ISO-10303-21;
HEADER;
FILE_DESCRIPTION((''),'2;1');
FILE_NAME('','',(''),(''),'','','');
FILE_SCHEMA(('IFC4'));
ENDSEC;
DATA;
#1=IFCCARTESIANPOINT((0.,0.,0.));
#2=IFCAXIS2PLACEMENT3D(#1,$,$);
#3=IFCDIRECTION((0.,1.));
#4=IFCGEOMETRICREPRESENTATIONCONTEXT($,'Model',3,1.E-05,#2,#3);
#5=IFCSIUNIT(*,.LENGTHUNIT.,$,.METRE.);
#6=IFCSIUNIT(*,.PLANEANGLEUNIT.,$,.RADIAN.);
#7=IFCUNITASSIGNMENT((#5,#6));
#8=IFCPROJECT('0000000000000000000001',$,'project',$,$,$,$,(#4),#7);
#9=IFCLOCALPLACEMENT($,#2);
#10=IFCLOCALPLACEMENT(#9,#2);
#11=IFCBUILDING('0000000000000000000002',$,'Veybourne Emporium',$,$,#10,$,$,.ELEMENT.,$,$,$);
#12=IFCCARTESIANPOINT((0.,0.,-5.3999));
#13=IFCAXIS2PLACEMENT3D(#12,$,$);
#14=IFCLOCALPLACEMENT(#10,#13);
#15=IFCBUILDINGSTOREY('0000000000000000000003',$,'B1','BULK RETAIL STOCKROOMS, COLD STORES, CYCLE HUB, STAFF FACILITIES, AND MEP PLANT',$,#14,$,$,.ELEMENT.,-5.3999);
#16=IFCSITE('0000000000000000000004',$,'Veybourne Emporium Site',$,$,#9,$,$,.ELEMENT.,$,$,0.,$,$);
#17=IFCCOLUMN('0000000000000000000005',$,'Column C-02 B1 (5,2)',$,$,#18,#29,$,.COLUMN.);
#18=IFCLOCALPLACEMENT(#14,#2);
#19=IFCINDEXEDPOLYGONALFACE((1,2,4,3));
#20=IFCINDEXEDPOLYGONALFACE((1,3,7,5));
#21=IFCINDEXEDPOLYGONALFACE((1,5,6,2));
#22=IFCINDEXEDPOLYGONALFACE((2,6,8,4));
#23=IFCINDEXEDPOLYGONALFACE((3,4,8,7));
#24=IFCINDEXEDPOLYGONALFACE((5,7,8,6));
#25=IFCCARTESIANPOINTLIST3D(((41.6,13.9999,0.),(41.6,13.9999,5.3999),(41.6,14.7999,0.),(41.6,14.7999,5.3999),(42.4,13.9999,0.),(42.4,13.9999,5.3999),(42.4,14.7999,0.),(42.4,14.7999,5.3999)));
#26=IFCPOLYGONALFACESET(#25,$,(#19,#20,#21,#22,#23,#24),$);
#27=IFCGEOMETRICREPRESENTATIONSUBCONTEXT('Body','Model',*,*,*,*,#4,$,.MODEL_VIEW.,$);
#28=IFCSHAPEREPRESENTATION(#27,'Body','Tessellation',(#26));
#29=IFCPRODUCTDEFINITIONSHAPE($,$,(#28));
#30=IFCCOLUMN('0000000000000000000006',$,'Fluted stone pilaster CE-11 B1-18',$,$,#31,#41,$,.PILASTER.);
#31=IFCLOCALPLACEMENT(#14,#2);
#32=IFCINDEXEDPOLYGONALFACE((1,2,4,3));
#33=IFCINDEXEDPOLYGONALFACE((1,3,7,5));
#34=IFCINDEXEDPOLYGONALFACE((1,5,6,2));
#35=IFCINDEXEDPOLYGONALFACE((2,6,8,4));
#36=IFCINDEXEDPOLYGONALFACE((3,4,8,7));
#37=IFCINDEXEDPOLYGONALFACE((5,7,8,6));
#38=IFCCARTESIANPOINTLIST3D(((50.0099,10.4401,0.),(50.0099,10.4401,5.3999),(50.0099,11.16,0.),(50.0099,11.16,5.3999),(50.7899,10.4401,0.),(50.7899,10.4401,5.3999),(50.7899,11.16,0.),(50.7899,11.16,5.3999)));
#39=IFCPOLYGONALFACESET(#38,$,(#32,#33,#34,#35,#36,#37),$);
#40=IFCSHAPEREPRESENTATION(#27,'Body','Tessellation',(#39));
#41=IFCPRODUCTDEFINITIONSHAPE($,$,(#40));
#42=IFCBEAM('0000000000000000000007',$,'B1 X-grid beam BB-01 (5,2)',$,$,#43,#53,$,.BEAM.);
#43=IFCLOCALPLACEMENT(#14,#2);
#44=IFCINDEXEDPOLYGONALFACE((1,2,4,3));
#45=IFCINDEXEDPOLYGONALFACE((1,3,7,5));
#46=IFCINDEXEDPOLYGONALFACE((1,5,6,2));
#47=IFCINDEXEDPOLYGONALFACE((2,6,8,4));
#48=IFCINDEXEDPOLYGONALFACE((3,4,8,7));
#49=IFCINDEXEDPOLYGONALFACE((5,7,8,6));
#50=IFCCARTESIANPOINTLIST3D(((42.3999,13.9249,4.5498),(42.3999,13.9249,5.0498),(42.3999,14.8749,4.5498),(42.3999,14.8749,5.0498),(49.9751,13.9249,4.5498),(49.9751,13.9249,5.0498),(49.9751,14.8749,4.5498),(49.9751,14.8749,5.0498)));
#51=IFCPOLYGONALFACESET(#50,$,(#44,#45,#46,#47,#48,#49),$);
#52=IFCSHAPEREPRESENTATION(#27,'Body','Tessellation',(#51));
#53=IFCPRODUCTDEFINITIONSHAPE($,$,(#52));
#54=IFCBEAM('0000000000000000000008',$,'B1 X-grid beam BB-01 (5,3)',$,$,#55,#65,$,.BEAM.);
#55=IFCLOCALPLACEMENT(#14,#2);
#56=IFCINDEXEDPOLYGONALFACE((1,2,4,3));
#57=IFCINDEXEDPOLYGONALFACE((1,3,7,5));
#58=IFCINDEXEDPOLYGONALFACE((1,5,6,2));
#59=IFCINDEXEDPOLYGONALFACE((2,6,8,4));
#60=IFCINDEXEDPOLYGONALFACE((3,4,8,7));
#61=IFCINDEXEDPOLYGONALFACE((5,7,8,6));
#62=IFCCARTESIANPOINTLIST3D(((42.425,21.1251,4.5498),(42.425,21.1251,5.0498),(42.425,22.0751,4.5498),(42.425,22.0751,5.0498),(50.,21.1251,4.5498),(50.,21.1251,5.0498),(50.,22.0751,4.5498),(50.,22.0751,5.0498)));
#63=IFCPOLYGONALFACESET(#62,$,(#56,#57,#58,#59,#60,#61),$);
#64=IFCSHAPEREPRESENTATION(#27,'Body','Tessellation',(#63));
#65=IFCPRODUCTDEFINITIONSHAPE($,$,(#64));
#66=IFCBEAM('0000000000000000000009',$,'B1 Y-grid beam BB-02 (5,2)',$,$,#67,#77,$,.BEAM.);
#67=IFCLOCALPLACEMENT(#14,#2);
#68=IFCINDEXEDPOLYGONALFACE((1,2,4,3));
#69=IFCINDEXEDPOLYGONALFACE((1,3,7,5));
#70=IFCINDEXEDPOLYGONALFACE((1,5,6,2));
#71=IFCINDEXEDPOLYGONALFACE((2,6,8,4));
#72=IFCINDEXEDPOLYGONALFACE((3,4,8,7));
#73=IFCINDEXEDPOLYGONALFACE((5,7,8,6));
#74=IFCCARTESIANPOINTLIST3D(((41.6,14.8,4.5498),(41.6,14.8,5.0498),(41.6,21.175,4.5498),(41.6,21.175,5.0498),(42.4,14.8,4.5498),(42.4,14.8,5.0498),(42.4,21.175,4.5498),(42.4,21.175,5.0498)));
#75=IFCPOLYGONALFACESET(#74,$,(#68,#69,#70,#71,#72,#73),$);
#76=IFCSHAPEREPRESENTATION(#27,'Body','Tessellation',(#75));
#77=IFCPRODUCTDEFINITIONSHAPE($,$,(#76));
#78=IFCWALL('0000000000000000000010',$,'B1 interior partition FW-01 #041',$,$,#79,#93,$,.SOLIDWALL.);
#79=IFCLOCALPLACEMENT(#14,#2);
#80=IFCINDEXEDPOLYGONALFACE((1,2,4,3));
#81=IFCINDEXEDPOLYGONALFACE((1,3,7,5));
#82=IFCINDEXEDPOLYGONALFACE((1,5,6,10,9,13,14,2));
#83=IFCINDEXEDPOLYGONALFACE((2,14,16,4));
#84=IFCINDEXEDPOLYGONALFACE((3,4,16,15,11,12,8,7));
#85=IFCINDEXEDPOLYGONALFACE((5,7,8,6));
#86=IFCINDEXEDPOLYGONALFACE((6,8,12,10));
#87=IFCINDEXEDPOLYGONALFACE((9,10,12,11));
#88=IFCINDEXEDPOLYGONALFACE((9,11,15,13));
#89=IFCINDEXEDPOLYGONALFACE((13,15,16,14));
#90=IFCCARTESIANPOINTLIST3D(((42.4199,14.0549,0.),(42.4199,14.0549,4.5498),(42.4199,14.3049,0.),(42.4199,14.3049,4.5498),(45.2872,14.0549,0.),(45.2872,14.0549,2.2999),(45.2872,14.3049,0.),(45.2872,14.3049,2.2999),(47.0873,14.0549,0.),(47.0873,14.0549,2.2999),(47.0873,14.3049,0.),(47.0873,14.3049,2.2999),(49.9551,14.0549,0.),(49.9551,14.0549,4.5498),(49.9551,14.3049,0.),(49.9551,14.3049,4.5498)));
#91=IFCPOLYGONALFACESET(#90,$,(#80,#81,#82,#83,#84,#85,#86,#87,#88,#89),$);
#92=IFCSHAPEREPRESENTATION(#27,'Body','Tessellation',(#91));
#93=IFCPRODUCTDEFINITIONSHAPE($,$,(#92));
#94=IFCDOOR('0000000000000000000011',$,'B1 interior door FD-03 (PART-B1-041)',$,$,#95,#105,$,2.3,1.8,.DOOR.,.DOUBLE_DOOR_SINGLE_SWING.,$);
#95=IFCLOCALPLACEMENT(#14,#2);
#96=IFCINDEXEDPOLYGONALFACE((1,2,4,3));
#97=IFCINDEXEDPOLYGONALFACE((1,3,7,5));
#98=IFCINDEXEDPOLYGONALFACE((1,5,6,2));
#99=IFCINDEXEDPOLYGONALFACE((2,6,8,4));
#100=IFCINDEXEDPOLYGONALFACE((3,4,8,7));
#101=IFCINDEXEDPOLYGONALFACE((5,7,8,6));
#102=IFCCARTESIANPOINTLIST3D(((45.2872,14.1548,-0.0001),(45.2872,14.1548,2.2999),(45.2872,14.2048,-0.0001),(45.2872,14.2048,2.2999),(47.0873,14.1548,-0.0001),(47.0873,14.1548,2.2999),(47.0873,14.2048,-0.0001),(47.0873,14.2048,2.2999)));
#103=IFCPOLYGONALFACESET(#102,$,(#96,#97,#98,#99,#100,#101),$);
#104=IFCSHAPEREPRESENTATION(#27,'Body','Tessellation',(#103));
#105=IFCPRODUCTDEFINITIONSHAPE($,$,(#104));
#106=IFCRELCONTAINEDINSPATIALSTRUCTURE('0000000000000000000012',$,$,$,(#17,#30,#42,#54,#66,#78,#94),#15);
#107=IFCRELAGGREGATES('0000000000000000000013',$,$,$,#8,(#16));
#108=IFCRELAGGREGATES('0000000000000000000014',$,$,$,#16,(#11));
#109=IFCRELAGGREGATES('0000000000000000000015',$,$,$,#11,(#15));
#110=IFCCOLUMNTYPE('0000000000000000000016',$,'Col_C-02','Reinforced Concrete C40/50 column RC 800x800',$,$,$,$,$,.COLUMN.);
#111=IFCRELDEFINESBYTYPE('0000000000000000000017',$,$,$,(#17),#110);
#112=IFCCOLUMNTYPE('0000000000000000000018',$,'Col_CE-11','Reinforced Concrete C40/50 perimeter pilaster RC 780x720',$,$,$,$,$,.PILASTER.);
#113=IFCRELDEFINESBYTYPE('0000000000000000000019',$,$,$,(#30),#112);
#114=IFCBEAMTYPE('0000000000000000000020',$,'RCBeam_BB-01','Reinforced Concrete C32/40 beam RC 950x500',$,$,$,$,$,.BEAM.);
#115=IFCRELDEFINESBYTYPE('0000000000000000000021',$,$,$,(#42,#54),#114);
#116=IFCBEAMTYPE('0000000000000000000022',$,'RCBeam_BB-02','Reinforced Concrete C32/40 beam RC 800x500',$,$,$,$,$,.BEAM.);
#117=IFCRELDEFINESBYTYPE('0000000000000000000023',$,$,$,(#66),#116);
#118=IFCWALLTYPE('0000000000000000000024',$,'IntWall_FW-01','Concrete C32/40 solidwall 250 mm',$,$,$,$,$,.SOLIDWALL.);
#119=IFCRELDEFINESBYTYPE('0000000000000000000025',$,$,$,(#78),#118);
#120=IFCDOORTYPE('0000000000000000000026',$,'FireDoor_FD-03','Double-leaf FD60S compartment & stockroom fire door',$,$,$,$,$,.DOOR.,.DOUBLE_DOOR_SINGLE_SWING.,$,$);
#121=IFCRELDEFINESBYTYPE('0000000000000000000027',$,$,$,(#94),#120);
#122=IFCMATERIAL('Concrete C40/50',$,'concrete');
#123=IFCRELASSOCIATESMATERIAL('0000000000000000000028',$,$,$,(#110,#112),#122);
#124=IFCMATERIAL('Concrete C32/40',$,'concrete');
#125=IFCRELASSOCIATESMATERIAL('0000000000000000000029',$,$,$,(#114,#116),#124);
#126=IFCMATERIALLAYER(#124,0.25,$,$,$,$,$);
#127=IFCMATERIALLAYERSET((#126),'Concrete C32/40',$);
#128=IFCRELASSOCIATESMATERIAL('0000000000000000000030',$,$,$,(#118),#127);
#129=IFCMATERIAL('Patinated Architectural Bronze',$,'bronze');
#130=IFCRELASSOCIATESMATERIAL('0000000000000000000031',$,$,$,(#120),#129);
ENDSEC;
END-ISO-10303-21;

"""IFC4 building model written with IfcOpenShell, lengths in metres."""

from ifc_helpers import new_model, si_unit, direction, frame, frame_2d, origin, origin_2d, place, context, subcontext, project, spatial, rectangle, extrude, material, layer, layer_set, material_profile, profile_set, type_object, element, fill, save


model = new_model("IFC4")

# Units and contexts
model_context = context("Model", 3, precision=1e-05, world=origin(), true_north=direction((0.0, 1.0)))
body_context = subcontext(model_context, "Body", "Model", "MODEL_VIEW")
ifc_project = project(units=[si_unit("LENGTHUNIT", "METRE"), si_unit("PLANEANGLEUNIT", "RADIAN")], contexts=[model_context])

# Site, building, storey
site_placement = place(None, origin())
site = spatial("IfcSite", under=ifc_project, at=site_placement, Name="Veybourne Emporium Site", CompositionType="ELEMENT", RefElevation=0.0)
building_placement = place(site_placement, origin())
building = spatial("IfcBuilding", under=site, at=building_placement, Name="Veybourne Emporium", CompositionType="ELEMENT")
storey_placement = place(building_placement, frame((0.0, 0.0, -5.3999)))
storey = spatial("IfcBuildingStorey", under=building, at=storey_placement, Name="B1", Description="BULK RETAIL STOCKROOMS, COLD STORES, CYCLE HUB, STAFF FACILITIES, AND MEP PLANT", CompositionType="ELEMENT", Elevation=-5.3999)

# Columns
ifc_material_1 = material(Name="Concrete C40/50", Category="concrete")
ifc_material_profile_1 = material_profile(ifc_material_1, rectangle(XDim=0.8, YDim=0.8, at=origin_2d()), Name="RC 800x800")
ifc_profile_set_1 = profile_set([ifc_material_profile_1], Name="Concrete C40/50")
column_type_1 = type_object("IfcColumnType", Name="Col_C-02", Description="Reinforced Concrete C40/50 column RC 800x800", PredefinedType="COLUMN", material=ifc_profile_set_1)
column_1_placement = place(storey_placement, frame((42.0, 14.3999, 0.0), z_axis=(0.0, 0.0, 1.0), x_axis=(1.0, 0.0, 0.0)))
element("IfcColumn", 1, at=column_1_placement, inside=storey, type_object=column_type_1, Name="Column C-02 B1 (5,2)", PredefinedType="COLUMN", context=body_context, shape_type="SweptSolid", body=[
    extrude(rectangle(XDim=0.8, YDim=0.8, at=origin_2d()), origin(), (0.0, 0.0, 1.0), 5.3999),
])
ifc_material_profile_2 = material_profile(ifc_material_1, rectangle(XDim=0.78, YDim=0.72, at=origin_2d()), Name="RC 780x720")
ifc_profile_set_2 = profile_set([ifc_material_profile_2], Name="Concrete C40/50")
column_type_2 = type_object("IfcColumnType", Name="Col_CE-11", Description="Reinforced Concrete C40/50 perimeter pilaster RC 780x720", PredefinedType="PILASTER", material=ifc_profile_set_2)
column_2_placement = place(storey_placement, frame((50.3999, 10.8, 0.0), z_axis=(0.0, 0.0, 1.0), x_axis=(1.0, 0.0, 0.0)))
element("IfcColumn", 2, at=column_2_placement, inside=storey, type_object=column_type_2, Name="Fluted stone pilaster CE-11 B1-18", PredefinedType="PILASTER", context=body_context, shape_type="SweptSolid", body=[
    extrude(rectangle(XDim=0.78, YDim=0.72, at=origin_2d()), origin(), (0.0, 0.0, 1.0), 5.3999),
])

# Beams
ifc_material_2 = material(Name="Concrete C32/40", Category="concrete")
ifc_material_profile_3 = material_profile(ifc_material_2, rectangle(XDim=0.95, YDim=0.5, at=origin_2d()), Name="RC 950x500")
ifc_profile_set_3 = profile_set([ifc_material_profile_3], Name="Concrete C32/40")
beam_type_1 = type_object("IfcBeamType", Name="RCBeam_BB-01", Description="Reinforced Concrete C32/40 beam RC 950x500", PredefinedType="BEAM", material=ifc_profile_set_3)
beam_1_placement = place(storey_placement, frame((42.3999, 14.3999, 4.7998), z_axis=(1.0, 0.0, 0.0), x_axis=(0.0, 1.0, 0.0)))
element("IfcBeam", 3, at=beam_1_placement, inside=storey, type_object=beam_type_1, Name="B1 X-grid beam BB-01 (5,2)", PredefinedType="BEAM", context=body_context, shape_type="SweptSolid", body=[
    extrude(rectangle(XDim=0.95, YDim=0.5, at=origin_2d()), origin(), (0.0, 0.0, 1.0), 7.5752),
])
beam_2_placement = place(storey_placement, frame((42.425, 21.6001, 4.7998), z_axis=(1.0, 0.0, 0.0), x_axis=(0.0, 1.0, 0.0)))
element("IfcBeam", 4, at=beam_2_placement, inside=storey, type_object=beam_type_1, Name="B1 X-grid beam BB-01 (5,3)", PredefinedType="BEAM", context=body_context, shape_type="SweptSolid", body=[
    extrude(rectangle(XDim=0.95, YDim=0.5, at=origin_2d()), origin(), (0.0, 0.0, 1.0), 7.575),
])
ifc_material_profile_4 = material_profile(ifc_material_2, rectangle(XDim=0.8, YDim=0.5, at=origin_2d()), Name="RC 800x500")
ifc_profile_set_4 = profile_set([ifc_material_profile_4], Name="Concrete C32/40")
beam_type_2 = type_object("IfcBeamType", Name="RCBeam_BB-02", Description="Reinforced Concrete C32/40 beam RC 800x500", PredefinedType="BEAM", material=ifc_profile_set_4)
beam_3_placement = place(storey_placement, frame((42.0, 14.8, 4.7998), z_axis=(0.0, 1.0, 0.0), x_axis=(-1.0, 0.0, 0.0)))
element("IfcBeam", 5, at=beam_3_placement, inside=storey, type_object=beam_type_2, Name="B1 Y-grid beam BB-02 (5,2)", PredefinedType="BEAM", context=body_context, shape_type="SweptSolid", body=[
    extrude(rectangle(XDim=0.8, YDim=0.5, at=origin_2d()), origin(), (0.0, 0.0, 1.0), 6.375),
])

# Wall, opening, door
ifc_layer = layer(ifc_material_2, 0.25)
ifc_layer_set = layer_set([ifc_layer], Name="Concrete C32/40")
wall_type = type_object("IfcWallType", Name="IntWall_FW-01", Description="Concrete C32/40 solidwall 250 mm", PredefinedType="SOLIDWALL", material=ifc_layer_set)
wall_placement = place(storey_placement, frame((42.4199, 14.1799, 0.0), z_axis=(0.0, 0.0, 1.0), x_axis=(1.0, 0.0, 0.0)))
wall = element("IfcWall", 6, at=wall_placement, inside=storey, type_object=wall_type, Name="B1 interior partition FW-01 #041", PredefinedType="SOLIDWALL", context=body_context, shape_type="SweptSolid", body=[
    extrude(rectangle(XDim=7.5352, YDim=0.25, at=frame_2d((3.7676, 0.0))), origin(), (0.0, 0.0, 1.0), 4.5498),
])
opening_placement = place(wall_placement, frame((2.8674, 0.0, 0.0)))
opening = element("IfcOpeningElement", 7, at=opening_placement, cuts=wall, PredefinedType="OPENING", context=body_context, shape_type="SweptSolid", body=[
    extrude(rectangle(XDim=1.8, YDim=2.3, at=frame_2d((0.8999, 1.1499))), frame((0.0, 0.145, 0.0), z_axis=(0.0, -1.0, 0.0), x_axis=(1.0, 0.0, 0.0)), (0.0, 0.0, 1.0), 0.29),
])
ifc_material_3 = material(Name="Patinated Architectural Bronze", Category="bronze")
door_type = type_object("IfcDoorType", Name="FireDoor_FD-03", Description="Double-leaf FD60S compartment & stockroom fire door", OperationType="DOUBLE_DOOR_SINGLE_SWING", PredefinedType="DOOR", material=ifc_material_3)
door_placement = place(opening_placement, origin())
door = element("IfcDoor", 8, at=door_placement, inside=storey, type_object=door_type, Name="B1 interior door FD-03 (PART-B1-041)", OperationType="DOUBLE_DOOR_SINGLE_SWING", OverallHeight=2.3, OverallWidth=1.8, PredefinedType="DOOR", context=body_context, shape_type="SweptSolid", body=[
    extrude(rectangle(XDim=1.8, YDim=2.3, at=frame_2d((0.8999, 1.1499))), frame((0.0, 0.0249, 0.0), z_axis=(0.0, -1.0, 0.0), x_axis=(1.0, 0.0, 0.0)), (0.0, 0.0, 1.0), 0.05),
])
fill(opening, door)

save(model, "model.ifc")
